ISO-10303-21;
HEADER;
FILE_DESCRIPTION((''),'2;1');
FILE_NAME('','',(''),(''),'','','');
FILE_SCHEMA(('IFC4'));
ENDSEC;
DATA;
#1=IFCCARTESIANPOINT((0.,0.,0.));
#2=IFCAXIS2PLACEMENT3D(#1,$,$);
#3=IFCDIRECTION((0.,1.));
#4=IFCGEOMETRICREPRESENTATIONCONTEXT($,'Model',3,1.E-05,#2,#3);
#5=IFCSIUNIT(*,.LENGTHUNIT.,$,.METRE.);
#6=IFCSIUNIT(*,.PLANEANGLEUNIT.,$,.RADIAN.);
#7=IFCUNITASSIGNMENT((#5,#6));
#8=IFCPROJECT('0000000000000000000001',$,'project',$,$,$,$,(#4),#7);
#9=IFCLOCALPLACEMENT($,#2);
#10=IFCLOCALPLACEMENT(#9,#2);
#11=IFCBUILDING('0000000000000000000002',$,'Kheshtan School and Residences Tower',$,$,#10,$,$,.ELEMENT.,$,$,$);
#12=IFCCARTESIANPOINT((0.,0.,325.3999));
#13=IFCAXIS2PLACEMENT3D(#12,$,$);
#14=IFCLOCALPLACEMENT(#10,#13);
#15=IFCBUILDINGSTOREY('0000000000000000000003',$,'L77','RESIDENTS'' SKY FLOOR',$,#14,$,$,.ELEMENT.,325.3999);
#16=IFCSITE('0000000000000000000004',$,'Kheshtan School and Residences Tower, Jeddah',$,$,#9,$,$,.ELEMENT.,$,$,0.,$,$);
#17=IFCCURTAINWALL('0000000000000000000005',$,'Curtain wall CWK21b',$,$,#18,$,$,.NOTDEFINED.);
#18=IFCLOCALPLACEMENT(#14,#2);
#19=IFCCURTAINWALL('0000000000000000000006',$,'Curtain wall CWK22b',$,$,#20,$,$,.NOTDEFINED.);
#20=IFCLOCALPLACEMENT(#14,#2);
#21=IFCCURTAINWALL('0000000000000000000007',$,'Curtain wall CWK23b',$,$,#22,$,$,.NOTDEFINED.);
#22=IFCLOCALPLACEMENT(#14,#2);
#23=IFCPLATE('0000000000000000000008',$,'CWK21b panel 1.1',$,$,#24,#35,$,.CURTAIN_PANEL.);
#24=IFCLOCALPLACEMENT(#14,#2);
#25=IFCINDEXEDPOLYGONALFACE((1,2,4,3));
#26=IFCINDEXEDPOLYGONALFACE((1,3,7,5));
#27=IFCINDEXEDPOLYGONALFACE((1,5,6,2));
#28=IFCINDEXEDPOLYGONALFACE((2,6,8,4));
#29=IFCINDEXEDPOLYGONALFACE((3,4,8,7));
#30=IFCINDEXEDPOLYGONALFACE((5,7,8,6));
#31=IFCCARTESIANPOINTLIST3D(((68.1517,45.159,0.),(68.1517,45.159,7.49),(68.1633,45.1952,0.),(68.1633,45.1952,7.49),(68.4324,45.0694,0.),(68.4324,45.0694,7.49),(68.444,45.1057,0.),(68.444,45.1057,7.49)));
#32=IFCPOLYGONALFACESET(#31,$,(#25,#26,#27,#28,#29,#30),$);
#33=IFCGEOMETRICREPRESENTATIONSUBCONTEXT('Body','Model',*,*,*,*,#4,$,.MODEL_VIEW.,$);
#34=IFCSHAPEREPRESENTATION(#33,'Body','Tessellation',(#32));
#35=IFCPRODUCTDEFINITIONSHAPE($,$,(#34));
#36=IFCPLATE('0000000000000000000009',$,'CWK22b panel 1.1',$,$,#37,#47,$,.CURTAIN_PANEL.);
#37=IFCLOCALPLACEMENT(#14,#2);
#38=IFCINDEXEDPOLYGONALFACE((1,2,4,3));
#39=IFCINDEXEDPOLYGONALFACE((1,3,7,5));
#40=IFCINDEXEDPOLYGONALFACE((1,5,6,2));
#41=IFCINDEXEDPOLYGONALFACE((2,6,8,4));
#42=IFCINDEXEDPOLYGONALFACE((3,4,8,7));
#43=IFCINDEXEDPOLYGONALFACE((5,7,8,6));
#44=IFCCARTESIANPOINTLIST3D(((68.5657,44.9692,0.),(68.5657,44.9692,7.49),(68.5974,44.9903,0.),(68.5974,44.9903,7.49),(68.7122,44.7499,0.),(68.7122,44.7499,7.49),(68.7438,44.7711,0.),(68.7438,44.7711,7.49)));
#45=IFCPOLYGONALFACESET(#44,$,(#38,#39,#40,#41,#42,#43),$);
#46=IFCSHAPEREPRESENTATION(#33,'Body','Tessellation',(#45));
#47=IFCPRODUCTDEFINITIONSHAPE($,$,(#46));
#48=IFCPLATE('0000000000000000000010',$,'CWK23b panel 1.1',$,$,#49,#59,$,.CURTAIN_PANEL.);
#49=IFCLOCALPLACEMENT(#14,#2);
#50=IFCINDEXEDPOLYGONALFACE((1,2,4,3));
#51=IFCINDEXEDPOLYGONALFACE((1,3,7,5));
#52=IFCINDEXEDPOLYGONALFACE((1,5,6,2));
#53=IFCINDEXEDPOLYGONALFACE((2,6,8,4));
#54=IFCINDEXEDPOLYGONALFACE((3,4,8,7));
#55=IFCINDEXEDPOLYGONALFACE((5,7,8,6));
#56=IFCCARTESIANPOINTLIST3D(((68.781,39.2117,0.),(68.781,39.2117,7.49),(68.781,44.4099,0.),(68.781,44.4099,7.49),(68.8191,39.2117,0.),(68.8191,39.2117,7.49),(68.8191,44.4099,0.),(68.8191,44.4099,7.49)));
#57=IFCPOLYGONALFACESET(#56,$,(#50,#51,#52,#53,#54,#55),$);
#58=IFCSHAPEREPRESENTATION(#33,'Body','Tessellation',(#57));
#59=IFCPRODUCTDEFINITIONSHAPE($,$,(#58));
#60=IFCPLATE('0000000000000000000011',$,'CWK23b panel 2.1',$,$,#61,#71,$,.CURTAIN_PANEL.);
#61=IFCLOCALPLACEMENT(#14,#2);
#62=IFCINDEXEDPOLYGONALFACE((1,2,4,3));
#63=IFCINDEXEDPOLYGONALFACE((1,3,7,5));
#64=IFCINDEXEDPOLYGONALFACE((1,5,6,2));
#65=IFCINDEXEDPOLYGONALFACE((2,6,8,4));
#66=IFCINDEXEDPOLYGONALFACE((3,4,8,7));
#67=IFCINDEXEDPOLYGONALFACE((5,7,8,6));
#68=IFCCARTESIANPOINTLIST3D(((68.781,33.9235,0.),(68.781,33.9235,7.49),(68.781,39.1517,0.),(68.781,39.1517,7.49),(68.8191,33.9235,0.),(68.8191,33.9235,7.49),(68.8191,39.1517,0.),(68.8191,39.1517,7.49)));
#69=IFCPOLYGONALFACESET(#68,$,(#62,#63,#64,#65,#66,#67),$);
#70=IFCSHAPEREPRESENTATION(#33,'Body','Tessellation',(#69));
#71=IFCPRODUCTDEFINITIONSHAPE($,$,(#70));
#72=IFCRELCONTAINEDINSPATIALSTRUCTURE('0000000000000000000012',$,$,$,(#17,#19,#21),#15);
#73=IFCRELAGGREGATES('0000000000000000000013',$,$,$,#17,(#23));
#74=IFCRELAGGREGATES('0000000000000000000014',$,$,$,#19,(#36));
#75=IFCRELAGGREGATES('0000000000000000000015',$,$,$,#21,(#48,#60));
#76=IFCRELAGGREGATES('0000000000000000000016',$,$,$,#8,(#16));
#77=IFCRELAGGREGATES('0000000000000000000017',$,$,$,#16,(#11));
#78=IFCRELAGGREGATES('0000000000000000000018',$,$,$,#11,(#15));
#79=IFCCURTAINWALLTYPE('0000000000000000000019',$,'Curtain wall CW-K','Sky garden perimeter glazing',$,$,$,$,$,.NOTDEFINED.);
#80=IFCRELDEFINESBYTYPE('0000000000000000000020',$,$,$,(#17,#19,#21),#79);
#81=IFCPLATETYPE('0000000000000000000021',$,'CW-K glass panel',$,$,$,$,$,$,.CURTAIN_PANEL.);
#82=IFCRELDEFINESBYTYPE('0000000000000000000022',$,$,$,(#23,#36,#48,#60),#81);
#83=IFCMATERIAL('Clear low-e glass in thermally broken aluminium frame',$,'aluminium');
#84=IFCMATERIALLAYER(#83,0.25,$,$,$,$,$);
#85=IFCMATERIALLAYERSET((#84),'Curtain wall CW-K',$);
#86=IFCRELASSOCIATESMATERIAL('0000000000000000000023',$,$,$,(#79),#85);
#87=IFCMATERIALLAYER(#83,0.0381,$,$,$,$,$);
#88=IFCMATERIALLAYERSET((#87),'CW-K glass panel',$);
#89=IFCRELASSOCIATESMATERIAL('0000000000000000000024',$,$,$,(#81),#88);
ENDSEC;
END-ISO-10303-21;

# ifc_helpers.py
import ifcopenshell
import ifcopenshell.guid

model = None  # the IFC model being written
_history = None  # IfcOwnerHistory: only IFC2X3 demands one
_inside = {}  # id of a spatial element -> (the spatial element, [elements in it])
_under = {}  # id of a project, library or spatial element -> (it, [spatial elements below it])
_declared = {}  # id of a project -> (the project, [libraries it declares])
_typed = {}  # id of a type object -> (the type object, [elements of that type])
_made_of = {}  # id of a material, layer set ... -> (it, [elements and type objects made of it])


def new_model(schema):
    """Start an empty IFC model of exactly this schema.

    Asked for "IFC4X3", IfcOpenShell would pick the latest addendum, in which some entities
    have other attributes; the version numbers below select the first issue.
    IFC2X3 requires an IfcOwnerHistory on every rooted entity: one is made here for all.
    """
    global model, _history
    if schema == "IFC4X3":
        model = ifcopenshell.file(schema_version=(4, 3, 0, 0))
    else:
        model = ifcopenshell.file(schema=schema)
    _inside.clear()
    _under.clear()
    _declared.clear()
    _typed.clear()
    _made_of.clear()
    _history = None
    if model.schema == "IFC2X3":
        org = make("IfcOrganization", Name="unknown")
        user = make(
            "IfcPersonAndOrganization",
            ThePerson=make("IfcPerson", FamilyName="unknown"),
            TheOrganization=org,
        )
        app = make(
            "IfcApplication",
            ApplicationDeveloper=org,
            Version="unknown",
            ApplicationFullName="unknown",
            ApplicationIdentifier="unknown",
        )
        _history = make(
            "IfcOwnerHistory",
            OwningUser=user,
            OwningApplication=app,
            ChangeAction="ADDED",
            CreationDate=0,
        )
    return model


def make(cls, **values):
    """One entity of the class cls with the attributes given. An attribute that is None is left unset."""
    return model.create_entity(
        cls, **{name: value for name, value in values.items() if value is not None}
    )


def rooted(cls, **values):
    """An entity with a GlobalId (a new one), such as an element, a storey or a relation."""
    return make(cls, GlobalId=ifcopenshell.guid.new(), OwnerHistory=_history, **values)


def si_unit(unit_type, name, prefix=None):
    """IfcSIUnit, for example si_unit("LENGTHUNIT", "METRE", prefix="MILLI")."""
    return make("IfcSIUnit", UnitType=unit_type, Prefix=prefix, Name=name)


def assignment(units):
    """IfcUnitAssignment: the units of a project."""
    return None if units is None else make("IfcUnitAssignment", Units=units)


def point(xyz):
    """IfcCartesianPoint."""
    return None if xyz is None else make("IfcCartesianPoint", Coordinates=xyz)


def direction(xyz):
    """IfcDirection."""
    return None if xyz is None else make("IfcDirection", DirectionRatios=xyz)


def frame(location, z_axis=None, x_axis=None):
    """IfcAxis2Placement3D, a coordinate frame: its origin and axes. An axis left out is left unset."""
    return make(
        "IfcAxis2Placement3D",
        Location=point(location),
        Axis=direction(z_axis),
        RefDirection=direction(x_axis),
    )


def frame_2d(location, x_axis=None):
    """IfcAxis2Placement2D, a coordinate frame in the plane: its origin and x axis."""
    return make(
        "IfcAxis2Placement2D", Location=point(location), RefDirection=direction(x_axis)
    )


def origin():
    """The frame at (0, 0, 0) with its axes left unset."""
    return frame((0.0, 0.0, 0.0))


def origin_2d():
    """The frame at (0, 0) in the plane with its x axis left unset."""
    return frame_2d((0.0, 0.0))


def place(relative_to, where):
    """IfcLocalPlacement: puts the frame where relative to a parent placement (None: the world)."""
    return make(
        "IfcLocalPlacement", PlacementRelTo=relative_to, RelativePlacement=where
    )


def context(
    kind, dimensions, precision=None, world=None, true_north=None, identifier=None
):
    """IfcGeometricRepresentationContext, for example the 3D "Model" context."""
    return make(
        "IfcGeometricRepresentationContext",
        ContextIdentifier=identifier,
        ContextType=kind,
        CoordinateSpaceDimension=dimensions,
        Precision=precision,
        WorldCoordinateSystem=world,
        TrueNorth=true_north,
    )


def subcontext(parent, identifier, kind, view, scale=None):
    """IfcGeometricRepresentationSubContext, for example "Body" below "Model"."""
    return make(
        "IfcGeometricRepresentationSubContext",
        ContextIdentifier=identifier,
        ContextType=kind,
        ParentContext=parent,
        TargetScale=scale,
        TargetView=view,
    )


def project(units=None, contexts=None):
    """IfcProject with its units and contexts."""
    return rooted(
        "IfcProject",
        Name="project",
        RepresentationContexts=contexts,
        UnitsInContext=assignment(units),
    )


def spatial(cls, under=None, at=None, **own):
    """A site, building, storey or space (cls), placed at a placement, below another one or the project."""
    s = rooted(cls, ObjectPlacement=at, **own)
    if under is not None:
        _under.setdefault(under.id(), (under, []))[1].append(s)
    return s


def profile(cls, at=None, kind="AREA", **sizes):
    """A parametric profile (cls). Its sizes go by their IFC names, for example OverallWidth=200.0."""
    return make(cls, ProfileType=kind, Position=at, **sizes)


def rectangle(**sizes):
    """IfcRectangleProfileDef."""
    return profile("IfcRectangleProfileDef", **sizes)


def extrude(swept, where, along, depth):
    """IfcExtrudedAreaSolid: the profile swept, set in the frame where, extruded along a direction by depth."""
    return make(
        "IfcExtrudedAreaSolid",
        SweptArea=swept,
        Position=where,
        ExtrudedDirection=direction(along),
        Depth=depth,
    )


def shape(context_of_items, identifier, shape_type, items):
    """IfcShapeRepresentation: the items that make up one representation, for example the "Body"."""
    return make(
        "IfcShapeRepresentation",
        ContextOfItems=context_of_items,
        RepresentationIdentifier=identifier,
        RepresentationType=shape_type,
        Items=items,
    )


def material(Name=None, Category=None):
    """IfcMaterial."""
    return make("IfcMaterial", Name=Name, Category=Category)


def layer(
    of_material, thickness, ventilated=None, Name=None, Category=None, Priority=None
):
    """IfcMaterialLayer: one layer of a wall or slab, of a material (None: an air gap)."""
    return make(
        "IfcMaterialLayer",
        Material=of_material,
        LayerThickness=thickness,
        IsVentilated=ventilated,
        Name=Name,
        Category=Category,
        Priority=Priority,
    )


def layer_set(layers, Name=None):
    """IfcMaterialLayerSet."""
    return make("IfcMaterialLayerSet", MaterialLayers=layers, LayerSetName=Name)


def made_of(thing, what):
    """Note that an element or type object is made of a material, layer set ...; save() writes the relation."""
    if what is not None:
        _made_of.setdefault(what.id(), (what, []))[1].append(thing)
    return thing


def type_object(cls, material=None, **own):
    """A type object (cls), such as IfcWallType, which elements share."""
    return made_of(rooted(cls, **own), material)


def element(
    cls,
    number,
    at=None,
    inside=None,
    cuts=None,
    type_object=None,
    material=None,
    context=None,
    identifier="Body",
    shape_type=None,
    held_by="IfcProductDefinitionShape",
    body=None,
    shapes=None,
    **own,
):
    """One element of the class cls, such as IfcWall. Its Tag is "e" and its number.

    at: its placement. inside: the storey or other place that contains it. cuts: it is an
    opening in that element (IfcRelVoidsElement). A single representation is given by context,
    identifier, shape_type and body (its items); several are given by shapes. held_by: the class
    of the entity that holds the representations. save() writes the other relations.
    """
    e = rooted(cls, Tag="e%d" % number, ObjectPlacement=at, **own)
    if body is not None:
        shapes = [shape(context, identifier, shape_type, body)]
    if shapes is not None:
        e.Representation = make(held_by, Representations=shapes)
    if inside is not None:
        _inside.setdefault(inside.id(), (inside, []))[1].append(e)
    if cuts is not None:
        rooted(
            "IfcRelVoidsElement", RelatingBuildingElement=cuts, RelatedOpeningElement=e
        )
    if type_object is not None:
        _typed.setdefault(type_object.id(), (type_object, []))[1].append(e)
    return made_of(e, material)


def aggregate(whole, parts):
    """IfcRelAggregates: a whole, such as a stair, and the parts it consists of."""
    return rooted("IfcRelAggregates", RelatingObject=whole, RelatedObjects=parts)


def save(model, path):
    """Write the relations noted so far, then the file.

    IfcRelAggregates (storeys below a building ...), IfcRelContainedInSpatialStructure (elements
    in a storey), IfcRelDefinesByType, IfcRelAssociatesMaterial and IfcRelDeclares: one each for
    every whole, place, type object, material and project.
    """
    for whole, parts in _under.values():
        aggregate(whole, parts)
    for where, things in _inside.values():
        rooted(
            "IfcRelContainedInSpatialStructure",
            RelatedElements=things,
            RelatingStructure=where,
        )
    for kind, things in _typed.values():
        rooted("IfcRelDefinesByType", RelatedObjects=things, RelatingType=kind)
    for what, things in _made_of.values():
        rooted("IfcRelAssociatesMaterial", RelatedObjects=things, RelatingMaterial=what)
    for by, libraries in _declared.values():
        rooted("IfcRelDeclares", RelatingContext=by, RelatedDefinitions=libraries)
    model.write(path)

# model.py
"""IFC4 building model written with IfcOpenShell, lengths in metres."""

from ifc_helpers import new_model, si_unit, direction, frame, origin, origin_2d, place, context, subcontext, project, spatial, rectangle, extrude, material, layer, layer_set, type_object, element, aggregate, save


model = new_model("IFC4")

# Units and contexts
model_context = context("Model", 3, precision=1e-05, world=origin(), true_north=direction((0.0, 1.0)))
body_context = subcontext(model_context, "Body", "Model", "MODEL_VIEW")
ifc_project = project(units=[si_unit("LENGTHUNIT", "METRE"), si_unit("PLANEANGLEUNIT", "RADIAN")], contexts=[model_context])

# Site, building, storey
site_placement = place(None, origin())
site = spatial("IfcSite", under=ifc_project, at=site_placement, Name="Kheshtan School and Residences Tower, Jeddah", CompositionType="ELEMENT", RefElevation=0.0)
building_placement = place(site_placement, origin())
building = spatial("IfcBuilding", under=site, at=building_placement, Name="Kheshtan School and Residences Tower", CompositionType="ELEMENT")
storey_placement = place(building_placement, frame((0.0, 0.0, 325.3999)))
storey = spatial("IfcBuildingStorey", under=building, at=storey_placement, Name="L77", Description="RESIDENTS' SKY FLOOR", CompositionType="ELEMENT", Elevation=325.3999)

# Curtain walls
ifc_material_1 = material(Name="Clear low-e glass in thermally broken aluminium frame", Category="aluminium")
ifc_layer_1 = layer(ifc_material_1, 0.25)
ifc_layer_set_1 = layer_set([ifc_layer_1], Name="Curtain wall CW-K")
curtain_wall_type = type_object("IfcCurtainWallType", Name="Curtain wall CW-K", Description="Sky garden perimeter glazing", PredefinedType="NOTDEFINED", material=ifc_layer_set_1)
curtain_wall_1_placement = place(storey_placement, origin())
curtain_wall_1 = element("IfcCurtainWall", 1, at=curtain_wall_1_placement, inside=storey, type_object=curtain_wall_type, Name="Curtain wall CWK21b", PredefinedType="NOTDEFINED")
curtain_wall_2_placement = place(storey_placement, origin())
curtain_wall_2 = element("IfcCurtainWall", 2, at=curtain_wall_2_placement, inside=storey, type_object=curtain_wall_type, Name="Curtain wall CWK22b", PredefinedType="NOTDEFINED")
curtain_wall_3_placement = place(storey_placement, origin())
curtain_wall_3 = element("IfcCurtainWall", 3, at=curtain_wall_3_placement, inside=storey, type_object=curtain_wall_type, Name="Curtain wall CWK23b", PredefinedType="NOTDEFINED")

# Plates
ifc_layer_2 = layer(ifc_material_1, 0.0381)
ifc_layer_set_2 = layer_set([ifc_layer_2], Name="CW-K glass panel")
plate_type = type_object("IfcPlateType", Name="CW-K glass panel", PredefinedType="CURTAIN_PANEL", material=ifc_layer_set_2)
plate_1_placement = place(storey_placement, frame((68.2979, 45.1323, 0.0), z_axis=(0.0, 0.0, 1.0), x_axis=(0.952704, -0.3039, 0.0)))
plate_1 = element("IfcPlate", 4, at=plate_1_placement, type_object=plate_type, Name="CWK21b panel 1.1", PredefinedType="CURTAIN_PANEL", context=body_context, shape_type="SweptSolid", body=[
    extrude(rectangle(XDim=0.2947, YDim=0.0381, at=origin_2d()), origin(), (0.0, 0.0, 1.0), 7.49),
])
aggregate(curtain_wall_1, [plate_1])
plate_2_placement = place(storey_placement, frame((68.6548, 44.8701, 0.0), z_axis=(0.0, 0.0, 1.0), x_axis=(0.555302, -0.831649, 0.0)))
plate_2 = element("IfcPlate", 5, at=plate_2_placement, type_object=plate_type, Name="CWK22b panel 1.1", PredefinedType="CURTAIN_PANEL", context=body_context, shape_type="SweptSolid", body=[
    extrude(rectangle(XDim=0.2637, YDim=0.0381, at=origin_2d()), origin(), (0.0, 0.0, 1.0), 7.49),
])
aggregate(curtain_wall_2, [plate_2])
plate_3_placement = place(storey_placement, frame((68.8, 41.8108, 0.0), z_axis=(0.0, 0.0, 1.0), x_axis=(0.0, -1.0, 0.0)))
plate_3 = element("IfcPlate", 6, at=plate_3_placement, type_object=plate_type, Name="CWK23b panel 1.1", PredefinedType="CURTAIN_PANEL", context=body_context, shape_type="SweptSolid", body=[
    extrude(rectangle(XDim=5.1982, YDim=0.0381, at=origin_2d()), origin(), (0.0, 0.0, 1.0), 7.49),
])
plate_4_placement = place(storey_placement, frame((68.8, 36.5376, 0.0), z_axis=(0.0, 0.0, 1.0), x_axis=(0.0, -1.0, 0.0)))
plate_4 = element("IfcPlate", 7, at=plate_4_placement, type_object=plate_type, Name="CWK23b panel 2.1", PredefinedType="CURTAIN_PANEL", context=body_context, shape_type="SweptSolid", body=[
    extrude(rectangle(XDim=5.2283, YDim=0.0381, at=origin_2d()), origin(), (0.0, 0.0, 1.0), 7.49),
])
aggregate(curtain_wall_3, [plate_3, plate_4])

save(model, "model.ifc")
